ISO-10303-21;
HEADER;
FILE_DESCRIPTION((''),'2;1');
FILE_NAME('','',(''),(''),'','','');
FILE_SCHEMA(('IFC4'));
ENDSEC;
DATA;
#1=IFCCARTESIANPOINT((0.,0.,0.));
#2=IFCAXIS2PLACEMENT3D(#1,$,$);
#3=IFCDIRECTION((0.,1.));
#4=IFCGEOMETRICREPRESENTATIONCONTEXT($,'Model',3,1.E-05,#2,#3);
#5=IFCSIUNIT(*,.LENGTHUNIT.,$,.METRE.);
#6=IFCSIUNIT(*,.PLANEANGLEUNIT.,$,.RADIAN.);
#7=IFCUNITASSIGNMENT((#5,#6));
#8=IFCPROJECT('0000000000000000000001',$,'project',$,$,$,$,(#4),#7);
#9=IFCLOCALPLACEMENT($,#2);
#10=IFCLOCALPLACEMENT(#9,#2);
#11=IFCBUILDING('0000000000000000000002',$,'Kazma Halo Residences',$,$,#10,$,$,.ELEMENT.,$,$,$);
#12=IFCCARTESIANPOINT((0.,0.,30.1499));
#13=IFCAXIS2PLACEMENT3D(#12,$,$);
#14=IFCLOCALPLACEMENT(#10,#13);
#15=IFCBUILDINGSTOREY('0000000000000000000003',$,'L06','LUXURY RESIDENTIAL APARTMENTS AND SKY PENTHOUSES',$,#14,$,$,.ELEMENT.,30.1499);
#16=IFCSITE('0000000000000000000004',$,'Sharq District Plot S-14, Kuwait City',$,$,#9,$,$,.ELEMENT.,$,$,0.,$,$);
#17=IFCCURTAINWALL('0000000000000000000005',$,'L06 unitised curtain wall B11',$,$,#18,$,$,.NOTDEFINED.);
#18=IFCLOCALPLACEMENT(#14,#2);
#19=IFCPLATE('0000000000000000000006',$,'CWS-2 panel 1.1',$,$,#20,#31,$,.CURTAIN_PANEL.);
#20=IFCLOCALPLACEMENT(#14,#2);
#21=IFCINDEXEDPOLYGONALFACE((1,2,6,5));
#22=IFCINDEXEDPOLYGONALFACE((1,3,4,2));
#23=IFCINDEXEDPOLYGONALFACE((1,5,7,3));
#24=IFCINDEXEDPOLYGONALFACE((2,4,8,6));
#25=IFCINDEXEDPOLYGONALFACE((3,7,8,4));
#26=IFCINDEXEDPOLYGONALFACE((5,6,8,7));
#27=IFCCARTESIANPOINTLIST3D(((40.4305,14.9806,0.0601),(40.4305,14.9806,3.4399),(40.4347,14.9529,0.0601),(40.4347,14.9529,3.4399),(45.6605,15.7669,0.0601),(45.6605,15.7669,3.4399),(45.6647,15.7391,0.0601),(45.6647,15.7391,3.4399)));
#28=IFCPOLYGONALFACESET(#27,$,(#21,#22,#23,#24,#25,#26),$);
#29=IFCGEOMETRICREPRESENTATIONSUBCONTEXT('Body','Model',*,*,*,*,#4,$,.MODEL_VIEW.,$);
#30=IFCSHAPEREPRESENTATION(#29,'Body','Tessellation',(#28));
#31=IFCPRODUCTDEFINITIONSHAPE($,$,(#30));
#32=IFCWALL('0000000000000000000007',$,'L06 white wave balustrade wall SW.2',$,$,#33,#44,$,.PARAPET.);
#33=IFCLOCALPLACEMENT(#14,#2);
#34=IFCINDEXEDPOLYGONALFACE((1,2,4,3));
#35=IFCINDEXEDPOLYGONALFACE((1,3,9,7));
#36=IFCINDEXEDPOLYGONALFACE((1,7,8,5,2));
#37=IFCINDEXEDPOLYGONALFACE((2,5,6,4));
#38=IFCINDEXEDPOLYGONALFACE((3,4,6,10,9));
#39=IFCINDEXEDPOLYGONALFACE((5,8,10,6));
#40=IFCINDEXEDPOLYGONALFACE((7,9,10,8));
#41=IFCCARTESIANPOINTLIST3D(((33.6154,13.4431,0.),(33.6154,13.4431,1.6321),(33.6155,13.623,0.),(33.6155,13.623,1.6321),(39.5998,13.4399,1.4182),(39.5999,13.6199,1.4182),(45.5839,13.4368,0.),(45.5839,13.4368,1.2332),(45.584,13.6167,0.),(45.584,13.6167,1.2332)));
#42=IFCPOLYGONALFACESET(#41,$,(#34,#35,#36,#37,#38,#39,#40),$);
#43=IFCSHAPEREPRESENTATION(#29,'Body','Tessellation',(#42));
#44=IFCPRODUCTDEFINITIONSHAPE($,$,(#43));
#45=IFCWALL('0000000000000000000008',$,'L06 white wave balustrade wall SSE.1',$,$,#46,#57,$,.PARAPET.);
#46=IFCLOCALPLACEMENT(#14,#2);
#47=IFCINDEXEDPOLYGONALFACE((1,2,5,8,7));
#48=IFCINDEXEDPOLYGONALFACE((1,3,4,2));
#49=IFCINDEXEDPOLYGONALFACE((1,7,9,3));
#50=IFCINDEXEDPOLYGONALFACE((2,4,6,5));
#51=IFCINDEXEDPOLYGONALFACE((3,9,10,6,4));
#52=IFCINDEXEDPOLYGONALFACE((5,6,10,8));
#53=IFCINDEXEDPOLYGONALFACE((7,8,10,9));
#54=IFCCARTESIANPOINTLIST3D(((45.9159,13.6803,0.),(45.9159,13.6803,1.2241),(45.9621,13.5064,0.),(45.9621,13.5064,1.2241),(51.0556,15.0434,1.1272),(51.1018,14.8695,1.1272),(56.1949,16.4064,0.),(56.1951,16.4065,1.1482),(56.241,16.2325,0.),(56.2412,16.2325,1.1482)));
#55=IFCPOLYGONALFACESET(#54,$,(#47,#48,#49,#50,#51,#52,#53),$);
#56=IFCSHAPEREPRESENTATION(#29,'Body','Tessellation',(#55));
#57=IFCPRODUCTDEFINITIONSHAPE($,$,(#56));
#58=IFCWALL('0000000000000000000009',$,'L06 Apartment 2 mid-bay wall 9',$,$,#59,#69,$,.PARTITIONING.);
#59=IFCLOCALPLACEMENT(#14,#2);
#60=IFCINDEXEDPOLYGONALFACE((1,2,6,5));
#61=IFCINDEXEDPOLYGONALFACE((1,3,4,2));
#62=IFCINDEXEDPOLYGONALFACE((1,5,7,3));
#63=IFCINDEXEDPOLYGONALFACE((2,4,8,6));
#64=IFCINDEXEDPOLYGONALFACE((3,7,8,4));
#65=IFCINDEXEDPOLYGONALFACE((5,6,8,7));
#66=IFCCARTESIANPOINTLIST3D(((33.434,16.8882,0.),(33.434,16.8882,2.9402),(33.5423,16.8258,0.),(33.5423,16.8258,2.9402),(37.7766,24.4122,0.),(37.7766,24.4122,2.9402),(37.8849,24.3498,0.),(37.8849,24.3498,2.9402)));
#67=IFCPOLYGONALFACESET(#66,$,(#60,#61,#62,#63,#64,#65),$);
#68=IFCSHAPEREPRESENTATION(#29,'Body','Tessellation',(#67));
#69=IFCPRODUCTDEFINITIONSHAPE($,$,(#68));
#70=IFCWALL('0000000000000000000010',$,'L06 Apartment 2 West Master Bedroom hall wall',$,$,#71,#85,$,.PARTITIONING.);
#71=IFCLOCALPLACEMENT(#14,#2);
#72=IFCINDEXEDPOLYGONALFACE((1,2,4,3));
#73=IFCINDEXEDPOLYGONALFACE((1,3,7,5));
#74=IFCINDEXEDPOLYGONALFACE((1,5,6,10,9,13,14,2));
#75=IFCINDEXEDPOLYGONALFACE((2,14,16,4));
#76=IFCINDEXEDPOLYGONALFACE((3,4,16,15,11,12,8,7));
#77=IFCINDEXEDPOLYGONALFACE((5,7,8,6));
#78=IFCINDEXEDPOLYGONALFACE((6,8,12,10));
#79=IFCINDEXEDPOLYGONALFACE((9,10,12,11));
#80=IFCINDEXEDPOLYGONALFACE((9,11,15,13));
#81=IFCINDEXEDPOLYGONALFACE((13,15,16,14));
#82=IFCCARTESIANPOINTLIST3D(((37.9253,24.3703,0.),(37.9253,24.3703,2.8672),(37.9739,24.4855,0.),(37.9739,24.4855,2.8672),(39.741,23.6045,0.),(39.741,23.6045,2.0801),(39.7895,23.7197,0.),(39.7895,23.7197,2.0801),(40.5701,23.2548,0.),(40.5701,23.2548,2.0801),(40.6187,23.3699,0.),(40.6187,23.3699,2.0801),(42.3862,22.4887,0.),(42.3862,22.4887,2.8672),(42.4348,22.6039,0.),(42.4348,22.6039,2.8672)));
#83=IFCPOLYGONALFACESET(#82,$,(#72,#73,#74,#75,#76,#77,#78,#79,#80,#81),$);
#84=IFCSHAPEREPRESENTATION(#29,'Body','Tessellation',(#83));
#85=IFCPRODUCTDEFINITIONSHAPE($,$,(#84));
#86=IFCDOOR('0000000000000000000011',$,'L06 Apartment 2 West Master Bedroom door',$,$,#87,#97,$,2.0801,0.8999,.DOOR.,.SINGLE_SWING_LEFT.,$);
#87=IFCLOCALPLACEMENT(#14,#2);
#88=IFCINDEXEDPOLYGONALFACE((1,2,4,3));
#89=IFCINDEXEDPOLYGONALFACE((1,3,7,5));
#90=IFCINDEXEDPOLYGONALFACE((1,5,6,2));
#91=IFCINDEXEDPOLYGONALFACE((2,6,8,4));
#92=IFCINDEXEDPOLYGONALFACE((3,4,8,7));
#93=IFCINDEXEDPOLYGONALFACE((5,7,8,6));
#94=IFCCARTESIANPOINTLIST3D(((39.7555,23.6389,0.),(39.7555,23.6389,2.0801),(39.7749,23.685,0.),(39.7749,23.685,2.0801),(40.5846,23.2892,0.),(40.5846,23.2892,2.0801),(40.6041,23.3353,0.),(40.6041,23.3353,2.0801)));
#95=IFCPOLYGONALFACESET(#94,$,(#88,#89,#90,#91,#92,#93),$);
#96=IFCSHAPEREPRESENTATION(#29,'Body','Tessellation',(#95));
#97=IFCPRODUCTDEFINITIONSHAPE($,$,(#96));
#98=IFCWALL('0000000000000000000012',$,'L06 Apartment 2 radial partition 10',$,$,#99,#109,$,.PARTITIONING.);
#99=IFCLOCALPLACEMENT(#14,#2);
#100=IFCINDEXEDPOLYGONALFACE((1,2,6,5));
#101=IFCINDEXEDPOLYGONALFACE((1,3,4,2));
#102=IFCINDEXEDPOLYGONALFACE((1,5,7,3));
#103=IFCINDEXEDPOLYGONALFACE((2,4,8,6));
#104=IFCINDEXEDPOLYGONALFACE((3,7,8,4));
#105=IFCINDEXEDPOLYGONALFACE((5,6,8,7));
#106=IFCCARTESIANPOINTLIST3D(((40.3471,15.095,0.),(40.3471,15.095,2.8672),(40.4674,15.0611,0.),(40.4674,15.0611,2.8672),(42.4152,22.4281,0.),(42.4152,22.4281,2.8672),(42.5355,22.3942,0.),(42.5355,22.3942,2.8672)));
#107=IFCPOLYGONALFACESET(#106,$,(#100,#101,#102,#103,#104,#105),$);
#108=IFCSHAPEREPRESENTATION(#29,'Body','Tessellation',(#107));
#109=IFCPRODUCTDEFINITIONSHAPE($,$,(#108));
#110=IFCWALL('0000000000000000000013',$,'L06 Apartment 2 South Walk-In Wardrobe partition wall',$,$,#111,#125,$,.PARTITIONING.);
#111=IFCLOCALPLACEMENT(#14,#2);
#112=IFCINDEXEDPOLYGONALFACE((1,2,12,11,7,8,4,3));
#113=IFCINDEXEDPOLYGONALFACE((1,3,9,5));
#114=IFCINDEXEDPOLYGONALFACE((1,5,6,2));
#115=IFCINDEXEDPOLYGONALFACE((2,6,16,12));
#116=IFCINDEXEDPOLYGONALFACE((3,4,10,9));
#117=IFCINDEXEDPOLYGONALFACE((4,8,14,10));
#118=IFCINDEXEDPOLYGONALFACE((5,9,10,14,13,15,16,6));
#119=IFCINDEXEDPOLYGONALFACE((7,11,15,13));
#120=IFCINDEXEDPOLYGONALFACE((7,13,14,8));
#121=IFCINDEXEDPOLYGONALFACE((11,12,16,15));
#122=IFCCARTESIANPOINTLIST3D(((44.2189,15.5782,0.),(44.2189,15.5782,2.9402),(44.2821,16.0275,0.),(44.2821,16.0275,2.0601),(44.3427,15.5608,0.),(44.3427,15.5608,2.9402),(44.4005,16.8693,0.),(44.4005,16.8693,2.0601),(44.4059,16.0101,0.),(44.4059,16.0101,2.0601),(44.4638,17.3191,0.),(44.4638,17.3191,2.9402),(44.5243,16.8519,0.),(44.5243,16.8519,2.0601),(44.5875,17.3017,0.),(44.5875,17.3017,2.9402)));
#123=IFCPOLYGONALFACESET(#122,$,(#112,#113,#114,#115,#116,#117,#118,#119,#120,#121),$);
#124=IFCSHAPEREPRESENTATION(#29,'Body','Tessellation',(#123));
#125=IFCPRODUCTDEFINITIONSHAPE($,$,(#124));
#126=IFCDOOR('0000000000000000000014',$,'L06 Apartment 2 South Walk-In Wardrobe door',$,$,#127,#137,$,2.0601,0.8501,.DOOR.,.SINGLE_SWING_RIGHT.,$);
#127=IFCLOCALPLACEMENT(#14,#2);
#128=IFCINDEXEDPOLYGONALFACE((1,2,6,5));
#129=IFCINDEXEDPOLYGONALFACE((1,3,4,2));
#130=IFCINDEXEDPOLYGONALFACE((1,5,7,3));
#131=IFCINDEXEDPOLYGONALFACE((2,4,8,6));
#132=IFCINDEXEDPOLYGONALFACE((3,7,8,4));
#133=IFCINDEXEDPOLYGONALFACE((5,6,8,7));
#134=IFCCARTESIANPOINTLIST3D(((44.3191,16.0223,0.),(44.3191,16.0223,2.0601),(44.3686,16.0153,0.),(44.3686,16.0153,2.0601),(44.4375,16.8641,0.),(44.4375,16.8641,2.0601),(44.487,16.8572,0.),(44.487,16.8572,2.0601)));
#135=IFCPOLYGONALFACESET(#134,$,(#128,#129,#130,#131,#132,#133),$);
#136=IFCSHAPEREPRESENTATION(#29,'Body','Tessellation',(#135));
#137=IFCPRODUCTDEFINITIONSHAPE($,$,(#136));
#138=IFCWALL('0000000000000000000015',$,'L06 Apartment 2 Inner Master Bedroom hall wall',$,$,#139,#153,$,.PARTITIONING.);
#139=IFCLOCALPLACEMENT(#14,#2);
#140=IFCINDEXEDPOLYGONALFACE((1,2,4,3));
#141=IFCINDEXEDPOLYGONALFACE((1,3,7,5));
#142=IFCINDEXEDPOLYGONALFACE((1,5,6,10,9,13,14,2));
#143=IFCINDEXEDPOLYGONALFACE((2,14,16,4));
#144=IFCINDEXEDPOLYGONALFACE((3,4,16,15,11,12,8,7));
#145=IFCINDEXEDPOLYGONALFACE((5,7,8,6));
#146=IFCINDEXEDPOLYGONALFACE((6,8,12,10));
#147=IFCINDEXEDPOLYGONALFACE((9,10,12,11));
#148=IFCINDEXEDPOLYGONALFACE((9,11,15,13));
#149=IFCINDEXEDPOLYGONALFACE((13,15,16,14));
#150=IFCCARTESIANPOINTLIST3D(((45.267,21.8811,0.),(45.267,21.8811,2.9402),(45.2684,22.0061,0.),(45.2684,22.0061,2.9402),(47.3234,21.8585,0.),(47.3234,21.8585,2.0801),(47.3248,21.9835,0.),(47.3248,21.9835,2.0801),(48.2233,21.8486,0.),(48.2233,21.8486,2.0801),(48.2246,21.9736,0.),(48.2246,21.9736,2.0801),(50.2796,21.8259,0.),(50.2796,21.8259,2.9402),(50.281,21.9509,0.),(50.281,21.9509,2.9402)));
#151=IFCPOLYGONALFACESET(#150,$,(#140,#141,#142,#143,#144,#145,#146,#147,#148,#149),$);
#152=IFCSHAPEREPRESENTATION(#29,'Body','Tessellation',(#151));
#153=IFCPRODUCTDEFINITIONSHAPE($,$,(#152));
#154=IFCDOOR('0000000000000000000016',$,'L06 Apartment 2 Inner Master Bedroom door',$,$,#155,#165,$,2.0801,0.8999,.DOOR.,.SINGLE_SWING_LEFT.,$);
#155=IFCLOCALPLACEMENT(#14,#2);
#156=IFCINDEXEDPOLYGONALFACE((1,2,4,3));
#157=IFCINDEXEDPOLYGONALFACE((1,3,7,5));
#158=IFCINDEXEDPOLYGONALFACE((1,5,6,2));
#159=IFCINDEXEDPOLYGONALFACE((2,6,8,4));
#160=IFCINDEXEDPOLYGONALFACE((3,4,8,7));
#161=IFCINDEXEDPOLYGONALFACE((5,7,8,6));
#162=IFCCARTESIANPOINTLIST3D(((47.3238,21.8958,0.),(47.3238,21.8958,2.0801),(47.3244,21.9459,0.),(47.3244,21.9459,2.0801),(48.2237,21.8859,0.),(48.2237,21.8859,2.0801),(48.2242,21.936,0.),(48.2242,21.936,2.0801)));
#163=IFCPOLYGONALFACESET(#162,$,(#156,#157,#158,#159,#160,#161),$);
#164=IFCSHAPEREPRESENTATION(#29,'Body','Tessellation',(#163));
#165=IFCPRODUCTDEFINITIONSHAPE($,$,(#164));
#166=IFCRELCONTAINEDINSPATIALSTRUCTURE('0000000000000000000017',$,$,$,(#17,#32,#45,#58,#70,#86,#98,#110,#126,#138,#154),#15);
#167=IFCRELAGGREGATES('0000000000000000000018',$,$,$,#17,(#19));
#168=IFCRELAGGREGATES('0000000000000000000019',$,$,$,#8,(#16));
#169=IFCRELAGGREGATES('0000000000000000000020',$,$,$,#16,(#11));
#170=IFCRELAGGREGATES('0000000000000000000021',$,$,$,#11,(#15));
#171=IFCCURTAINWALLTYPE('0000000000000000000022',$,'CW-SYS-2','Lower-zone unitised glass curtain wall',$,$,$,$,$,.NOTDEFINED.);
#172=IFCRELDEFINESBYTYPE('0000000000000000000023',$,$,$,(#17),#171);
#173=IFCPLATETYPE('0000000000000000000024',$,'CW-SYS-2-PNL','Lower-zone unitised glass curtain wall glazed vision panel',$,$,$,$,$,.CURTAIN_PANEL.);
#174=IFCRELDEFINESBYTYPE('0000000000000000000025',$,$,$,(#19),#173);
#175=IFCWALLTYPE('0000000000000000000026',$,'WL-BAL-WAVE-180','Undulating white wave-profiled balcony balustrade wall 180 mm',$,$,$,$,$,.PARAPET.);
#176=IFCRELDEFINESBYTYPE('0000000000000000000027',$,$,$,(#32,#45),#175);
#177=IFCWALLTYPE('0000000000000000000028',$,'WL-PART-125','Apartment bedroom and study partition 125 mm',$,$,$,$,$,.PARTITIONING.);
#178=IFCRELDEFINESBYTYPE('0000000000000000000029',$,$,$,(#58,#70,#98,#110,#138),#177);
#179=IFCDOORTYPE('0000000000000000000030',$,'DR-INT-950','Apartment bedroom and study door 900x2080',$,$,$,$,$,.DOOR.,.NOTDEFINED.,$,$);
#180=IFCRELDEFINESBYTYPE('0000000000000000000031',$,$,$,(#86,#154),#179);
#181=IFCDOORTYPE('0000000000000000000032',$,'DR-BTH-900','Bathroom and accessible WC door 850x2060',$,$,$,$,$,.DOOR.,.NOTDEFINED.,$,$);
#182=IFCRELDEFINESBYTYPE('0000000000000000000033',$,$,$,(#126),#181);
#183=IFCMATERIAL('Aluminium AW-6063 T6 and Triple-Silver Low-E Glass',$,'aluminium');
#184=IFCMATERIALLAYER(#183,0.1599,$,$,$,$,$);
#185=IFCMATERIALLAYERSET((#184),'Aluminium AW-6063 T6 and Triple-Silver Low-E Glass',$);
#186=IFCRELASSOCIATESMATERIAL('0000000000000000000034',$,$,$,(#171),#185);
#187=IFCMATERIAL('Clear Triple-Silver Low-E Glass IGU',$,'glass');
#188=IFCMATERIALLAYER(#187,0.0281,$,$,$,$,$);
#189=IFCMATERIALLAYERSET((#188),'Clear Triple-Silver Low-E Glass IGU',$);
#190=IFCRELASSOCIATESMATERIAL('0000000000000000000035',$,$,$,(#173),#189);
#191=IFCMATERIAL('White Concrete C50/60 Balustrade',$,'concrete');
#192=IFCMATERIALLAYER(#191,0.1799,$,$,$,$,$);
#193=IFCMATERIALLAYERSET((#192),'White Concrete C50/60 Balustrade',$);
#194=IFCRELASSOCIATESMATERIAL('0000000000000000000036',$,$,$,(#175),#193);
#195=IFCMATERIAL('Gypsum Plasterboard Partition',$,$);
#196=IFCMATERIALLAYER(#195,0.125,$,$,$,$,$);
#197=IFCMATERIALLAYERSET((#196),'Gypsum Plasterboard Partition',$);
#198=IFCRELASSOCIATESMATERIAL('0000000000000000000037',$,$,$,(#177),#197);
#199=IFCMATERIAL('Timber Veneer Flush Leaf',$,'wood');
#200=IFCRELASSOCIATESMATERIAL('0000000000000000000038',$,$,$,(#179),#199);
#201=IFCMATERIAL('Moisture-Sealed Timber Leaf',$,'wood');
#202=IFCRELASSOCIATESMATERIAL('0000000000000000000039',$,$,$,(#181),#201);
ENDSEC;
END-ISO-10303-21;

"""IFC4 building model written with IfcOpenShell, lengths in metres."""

from ifc_helpers import new_model, si_unit, direction, frame, frame_2d, origin, origin_2d, place, context, subcontext, project, spatial, polyline, rectangle, outline, extrude, material, layer, layer_set, type_object, element, fill, aggregate, save


model = new_model("IFC4")

# Units and contexts
model_context = context("Model", 3, precision=1e-05, world=origin(), true_north=direction((0.0, 1.0)))
body_context = subcontext(model_context, "Body", "Model", "MODEL_VIEW")
ifc_project = project(units=[si_unit("LENGTHUNIT", "METRE"), si_unit("PLANEANGLEUNIT", "RADIAN")], contexts=[model_context])

# Site, building, storey
site_placement = place(None, origin())
site = spatial("IfcSite", under=ifc_project, at=site_placement, Name="Sharq District Plot S-14, Kuwait City", CompositionType="ELEMENT", RefElevation=0.0)
building_placement = place(site_placement, origin())
building = spatial("IfcBuilding", under=site, at=building_placement, Name="Kazma Halo Residences", CompositionType="ELEMENT")
storey_placement = place(building_placement, frame((0.0, 0.0, 30.1499)))
storey = spatial("IfcBuildingStorey", under=building, at=storey_placement, Name="L06", Description="LUXURY RESIDENTIAL APARTMENTS AND SKY PENTHOUSES", CompositionType="ELEMENT", Elevation=30.1499)

# Curtain wall, plate
ifc_material_1 = material(Name="Aluminium AW-6063 T6 and Triple-Silver Low-E Glass", Category="aluminium")
ifc_layer_1 = layer(ifc_material_1, 0.1599)
ifc_layer_set_1 = layer_set([ifc_layer_1], Name="Aluminium AW-6063 T6 and Triple-Silver Low-E Glass")
curtain_wall_type = type_object("IfcCurtainWallType", Name="CW-SYS-2", Description="Lower-zone unitised glass curtain wall", PredefinedType="NOTDEFINED", material=ifc_layer_set_1)
curtain_wall_placement = place(storey_placement, origin())
curtain_wall = element("IfcCurtainWall", 1, at=curtain_wall_placement, inside=storey, type_object=curtain_wall_type, Name="L06 unitised curtain wall B11", PredefinedType="NOTDEFINED")
ifc_material_2 = material(Name="Clear Triple-Silver Low-E Glass IGU", Category="glass")
ifc_layer_2 = layer(ifc_material_2, 0.0281)
ifc_layer_set_2 = layer_set([ifc_layer_2], Name="Clear Triple-Silver Low-E Glass IGU")
plate_type = type_object("IfcPlateType", Name="CW-SYS-2-PNL", Description="Lower-zone unitised glass curtain wall glazed vision panel", PredefinedType="CURTAIN_PANEL", material=ifc_layer_set_2)
plate_placement = place(storey_placement, frame((43.0476, 15.3599, 0.0601), z_axis=(0.0, 0.0, 1.0), x_axis=(0.988889, 0.148657, 0.0)))
plate = element("IfcPlate", 2, at=plate_placement, type_object=plate_type, Name="CWS-2 panel 1.1", PredefinedType="CURTAIN_PANEL", context=body_context, shape_type="SweptSolid", body=[
    extrude(rectangle(XDim=5.2888, YDim=0.0281, at=origin_2d()), origin(), (0.0, 0.0, 1.0), 3.3799),
])
aggregate(curtain_wall, [plate])

# Walls
ifc_material_3 = material(Name="White Concrete C50/60 Balustrade", Category="concrete")
ifc_layer_3 = layer(ifc_material_3, 0.1799)
ifc_layer_set_3 = layer_set([ifc_layer_3], Name="White Concrete C50/60 Balustrade")
wall_type_1 = type_object("IfcWallType", Name="WL-BAL-WAVE-180", Description="Undulating white wave-profiled balcony balustrade wall 180 mm", PredefinedType="PARAPET", material=ifc_layer_set_3)
wall_1_placement = place(storey_placement, frame((33.6155, 13.5332, 0.0), z_axis=(0.0, 0.0, 1.0), x_axis=(1.0, -0.00053, 0.0)))
element("IfcWall", 3, at=wall_1_placement, inside=storey, type_object=wall_type_1, Name="L06 white wave balustrade wall SW.2", PredefinedType="PARAPET", context=body_context, shape_type="SweptSolid", body=[
    extrude(outline(polyline([(0.0, 0.0), (11.9685, 0.0), (11.9685, 1.2332), (5.9844, 1.4182), (0.0, 1.6321), (0.0, 0.0)])), frame((0.0, 0.0898, 0.0), z_axis=(0.0, -1.0, 0.0), x_axis=(1.0, 0.0, 0.0)), (0.0, 0.0, 1.0), 0.1799),
])
wall_2_placement = place(storey_placement, frame((45.939, 13.5935, 0.0), z_axis=(0.0, 0.0, 1.0), x_axis=(0.966585, 0.256345, 0.0)))
element("IfcWall", 4, at=wall_2_placement, inside=storey, type_object=wall_type_1, Name="L06 white wave balustrade wall SSE.1", PredefinedType="PARAPET", context=body_context, shape_type="SweptSolid", body=[
    extrude(outline(polyline([(0.0, 0.0), (10.6343, 0.0), (10.6345, 1.1482), (5.3174, 1.1272), (0.0, 1.2241), (0.0, 0.0)])), frame((0.0, 0.0898, 0.0), z_axis=(0.0, -1.0, 0.0), x_axis=(1.0, 0.0, 0.0)), (0.0, 0.0, 1.0), 0.1799),
])
ifc_material_4 = material(Name="Gypsum Plasterboard Partition")
ifc_layer_4 = layer(ifc_material_4, 0.125)
ifc_layer_set_4 = layer_set([ifc_layer_4], Name="Gypsum Plasterboard Partition")
wall_type_2 = type_object("IfcWallType", Name="WL-PART-125", Description="Apartment bedroom and study partition 125 mm", PredefinedType="PARTITIONING", material=ifc_layer_set_4)
wall_3_placement = place(storey_placement, frame((37.8308, 24.3811, 0.0), z_axis=(0.0, 0.0, 1.0), x_axis=(-0.499878, -0.866096, 0.0)))
element("IfcWall", 5, at=wall_3_placement, inside=storey, type_object=wall_type_2, Name="L06 Apartment 2 mid-bay wall 9", PredefinedType="PARTITIONING", context=body_context, shape_type="SweptSolid", body=[
    extrude(rectangle(XDim=8.6873, YDim=0.125, at=frame_2d((4.3438, 0.0))), origin(), (0.0, 0.0, 1.0), 2.9402),
])

# Wall, opening, door
wall_4_placement = place(storey_placement, frame((37.9495, 24.428, 0.0), z_axis=(0.0, 0.0, 1.0), x_axis=(0.921391, -0.388636, 0.0)))
wall_4 = element("IfcWall", 6, at=wall_4_placement, inside=storey, type_object=wall_type_2, Name="L06 Apartment 2 West Master Bedroom hall wall", PredefinedType="PARTITIONING", context=body_context, shape_type="SweptSolid", body=[
    extrude(rectangle(XDim=4.8416, YDim=0.125, at=frame_2d((2.4209, 0.0))), origin(), (0.0, 0.0, 1.0), 2.8672),
])
opening_1_placement = place(wall_4_placement, frame((1.9707, 0.0, 0.0)))
opening_1 = element("IfcOpeningElement", 7, at=opening_1_placement, cuts=wall_4, PredefinedType="OPENING", context=body_context, shape_type="SweptSolid", body=[
    extrude(rectangle(XDim=0.8999, YDim=2.0801, at=frame_2d((0.45, 1.04))), frame((0.0, 0.0725, 0.0), z_axis=(0.0, -1.0, 0.0), x_axis=(1.0, 0.0, 0.0)), (0.0, 0.0, 1.0), 0.145),
])
ifc_material_5 = material(Name="Timber Veneer Flush Leaf", Category="wood")
door_type_1 = type_object("IfcDoorType", Name="DR-INT-950", Description="Apartment bedroom and study door 900x2080", OperationType="NOTDEFINED", PredefinedType="DOOR", material=ifc_material_5)
door_1_placement = place(opening_1_placement, origin())
door_1 = element("IfcDoor", 8, at=door_1_placement, inside=storey, type_object=door_type_1, Name="L06 Apartment 2 West Master Bedroom door", OperationType="SINGLE_SWING_LEFT", OverallHeight=2.0801, OverallWidth=0.8999, PredefinedType="DOOR", context=body_context, shape_type="SweptSolid", body=[
    extrude(rectangle(XDim=0.8999, YDim=2.0801, at=frame_2d((0.45, 1.04))), frame((0.0, 0.0249, 0.0), z_axis=(0.0, -1.0, 0.0), x_axis=(1.0, 0.0, 0.0)), (0.0, 0.0, 1.0), 0.05),
])
fill(opening_1, door_1)

# Wall
wall_5_placement = place(storey_placement, frame((42.4753, 22.4111, 0.0), z_axis=(0.0, 0.0, 1.0), x_axis=(-0.27144, -0.962455, 0.0)))
element("IfcWall", 9, at=wall_5_placement, inside=storey, type_object=wall_type_2, Name="L06 Apartment 2 radial partition 10", PredefinedType="PARTITIONING", context=body_context, shape_type="SweptSolid", body=[
    extrude(rectangle(XDim=7.6191, YDim=0.125, at=frame_2d((3.8096, 0.0))), origin(), (0.0, 0.0, 1.0), 2.8672),
])

# Walls, openings, doors
wall_6_placement = place(storey_placement, frame((44.5256, 17.3103, 0.0), z_axis=(0.0, 0.0, 1.0), x_axis=(-0.139282, -0.990253, 0.0)))
wall_6 = element("IfcWall", 10, at=wall_6_placement, inside=storey, type_object=wall_type_2, Name="L06 Apartment 2 South Walk-In Wardrobe partition wall", PredefinedType="PARTITIONING", context=body_context, shape_type="SweptSolid", body=[
    extrude(rectangle(XDim=1.7581, YDim=0.125, at=frame_2d((0.8789, 0.0))), origin(), (0.0, 0.0, 1.0), 2.9402),
])
opening_2_placement = place(wall_6_placement, frame((0.4541, 0.0, 0.0)))
opening_2 = element("IfcOpeningElement", 11, at=opening_2_placement, cuts=wall_6, PredefinedType="OPENING", context=body_context, shape_type="SweptSolid", body=[
    extrude(rectangle(XDim=0.8501, YDim=2.0601, at=frame_2d((0.425, 1.03))), frame((0.0, 0.0725, 0.0), z_axis=(0.0, -1.0, 0.0), x_axis=(1.0, 0.0, 0.0)), (0.0, 0.0, 1.0), 0.145),
])
ifc_material_6 = material(Name="Moisture-Sealed Timber Leaf", Category="wood")
door_type_2 = type_object("IfcDoorType", Name="DR-BTH-900", Description="Bathroom and accessible WC door 850x2060", OperationType="NOTDEFINED", PredefinedType="DOOR", material=ifc_material_6)
door_2_placement = place(opening_2_placement, origin())
door_2 = element("IfcDoor", 12, at=door_2_placement, inside=storey, type_object=door_type_2, Name="L06 Apartment 2 South Walk-In Wardrobe door", OperationType="SINGLE_SWING_RIGHT", OverallHeight=2.0601, OverallWidth=0.8501, PredefinedType="DOOR", context=body_context, shape_type="SweptSolid", body=[
    extrude(rectangle(XDim=0.8501, YDim=2.0601, at=frame_2d((0.425, 1.03))), frame((0.0, 0.0249, 0.0), z_axis=(0.0, -1.0, 0.0), x_axis=(1.0, 0.0, 0.0)), (0.0, 0.0, 1.0), 0.05),
])
fill(opening_2, door_2)
wall_7_placement = place(storey_placement, frame((45.2678, 21.9436, 0.0), z_axis=(0.0, 0.0, 1.0), x_axis=(0.999939, -0.011007, 0.0)))
wall_7 = element("IfcWall", 13, at=wall_7_placement, inside=storey, type_object=wall_type_2, Name="L06 Apartment 2 Inner Master Bedroom hall wall", PredefinedType="PARTITIONING", context=body_context, shape_type="SweptSolid", body=[
    extrude(rectangle(XDim=5.0129, YDim=0.125, at=frame_2d((2.5063, 0.0))), origin(), (0.0, 0.0, 1.0), 2.9402),
])
opening_3_placement = place(wall_7_placement, frame((2.0564, 0.0, 0.0)))
opening_3 = element("IfcOpeningElement", 14, at=opening_3_placement, cuts=wall_7, PredefinedType="OPENING", context=body_context, shape_type="SweptSolid", body=[
    extrude(rectangle(XDim=0.8999, YDim=2.0801, at=frame_2d((0.45, 1.04))), frame((0.0, 0.0725, 0.0), z_axis=(0.0, -1.0, 0.0), x_axis=(1.0, 0.0, 0.0)), (0.0, 0.0, 1.0), 0.145),
])
door_3_placement = place(opening_3_placement, origin())
door_3 = element("IfcDoor", 15, at=door_3_placement, inside=storey, type_object=door_type_1, Name="L06 Apartment 2 Inner Master Bedroom door", OperationType="SINGLE_SWING_LEFT", OverallHeight=2.0801, OverallWidth=0.8999, PredefinedType="DOOR", context=body_context, shape_type="SweptSolid", body=[
    extrude(rectangle(XDim=0.8999, YDim=2.0801, at=frame_2d((0.45, 1.04))), frame((0.0, 0.0249, 0.0), z_axis=(0.0, -1.0, 0.0), x_axis=(1.0, 0.0, 0.0)), (0.0, 0.0, 1.0), 0.05),
])
fill(opening_3, door_3)

save(model, "model.ifc")
